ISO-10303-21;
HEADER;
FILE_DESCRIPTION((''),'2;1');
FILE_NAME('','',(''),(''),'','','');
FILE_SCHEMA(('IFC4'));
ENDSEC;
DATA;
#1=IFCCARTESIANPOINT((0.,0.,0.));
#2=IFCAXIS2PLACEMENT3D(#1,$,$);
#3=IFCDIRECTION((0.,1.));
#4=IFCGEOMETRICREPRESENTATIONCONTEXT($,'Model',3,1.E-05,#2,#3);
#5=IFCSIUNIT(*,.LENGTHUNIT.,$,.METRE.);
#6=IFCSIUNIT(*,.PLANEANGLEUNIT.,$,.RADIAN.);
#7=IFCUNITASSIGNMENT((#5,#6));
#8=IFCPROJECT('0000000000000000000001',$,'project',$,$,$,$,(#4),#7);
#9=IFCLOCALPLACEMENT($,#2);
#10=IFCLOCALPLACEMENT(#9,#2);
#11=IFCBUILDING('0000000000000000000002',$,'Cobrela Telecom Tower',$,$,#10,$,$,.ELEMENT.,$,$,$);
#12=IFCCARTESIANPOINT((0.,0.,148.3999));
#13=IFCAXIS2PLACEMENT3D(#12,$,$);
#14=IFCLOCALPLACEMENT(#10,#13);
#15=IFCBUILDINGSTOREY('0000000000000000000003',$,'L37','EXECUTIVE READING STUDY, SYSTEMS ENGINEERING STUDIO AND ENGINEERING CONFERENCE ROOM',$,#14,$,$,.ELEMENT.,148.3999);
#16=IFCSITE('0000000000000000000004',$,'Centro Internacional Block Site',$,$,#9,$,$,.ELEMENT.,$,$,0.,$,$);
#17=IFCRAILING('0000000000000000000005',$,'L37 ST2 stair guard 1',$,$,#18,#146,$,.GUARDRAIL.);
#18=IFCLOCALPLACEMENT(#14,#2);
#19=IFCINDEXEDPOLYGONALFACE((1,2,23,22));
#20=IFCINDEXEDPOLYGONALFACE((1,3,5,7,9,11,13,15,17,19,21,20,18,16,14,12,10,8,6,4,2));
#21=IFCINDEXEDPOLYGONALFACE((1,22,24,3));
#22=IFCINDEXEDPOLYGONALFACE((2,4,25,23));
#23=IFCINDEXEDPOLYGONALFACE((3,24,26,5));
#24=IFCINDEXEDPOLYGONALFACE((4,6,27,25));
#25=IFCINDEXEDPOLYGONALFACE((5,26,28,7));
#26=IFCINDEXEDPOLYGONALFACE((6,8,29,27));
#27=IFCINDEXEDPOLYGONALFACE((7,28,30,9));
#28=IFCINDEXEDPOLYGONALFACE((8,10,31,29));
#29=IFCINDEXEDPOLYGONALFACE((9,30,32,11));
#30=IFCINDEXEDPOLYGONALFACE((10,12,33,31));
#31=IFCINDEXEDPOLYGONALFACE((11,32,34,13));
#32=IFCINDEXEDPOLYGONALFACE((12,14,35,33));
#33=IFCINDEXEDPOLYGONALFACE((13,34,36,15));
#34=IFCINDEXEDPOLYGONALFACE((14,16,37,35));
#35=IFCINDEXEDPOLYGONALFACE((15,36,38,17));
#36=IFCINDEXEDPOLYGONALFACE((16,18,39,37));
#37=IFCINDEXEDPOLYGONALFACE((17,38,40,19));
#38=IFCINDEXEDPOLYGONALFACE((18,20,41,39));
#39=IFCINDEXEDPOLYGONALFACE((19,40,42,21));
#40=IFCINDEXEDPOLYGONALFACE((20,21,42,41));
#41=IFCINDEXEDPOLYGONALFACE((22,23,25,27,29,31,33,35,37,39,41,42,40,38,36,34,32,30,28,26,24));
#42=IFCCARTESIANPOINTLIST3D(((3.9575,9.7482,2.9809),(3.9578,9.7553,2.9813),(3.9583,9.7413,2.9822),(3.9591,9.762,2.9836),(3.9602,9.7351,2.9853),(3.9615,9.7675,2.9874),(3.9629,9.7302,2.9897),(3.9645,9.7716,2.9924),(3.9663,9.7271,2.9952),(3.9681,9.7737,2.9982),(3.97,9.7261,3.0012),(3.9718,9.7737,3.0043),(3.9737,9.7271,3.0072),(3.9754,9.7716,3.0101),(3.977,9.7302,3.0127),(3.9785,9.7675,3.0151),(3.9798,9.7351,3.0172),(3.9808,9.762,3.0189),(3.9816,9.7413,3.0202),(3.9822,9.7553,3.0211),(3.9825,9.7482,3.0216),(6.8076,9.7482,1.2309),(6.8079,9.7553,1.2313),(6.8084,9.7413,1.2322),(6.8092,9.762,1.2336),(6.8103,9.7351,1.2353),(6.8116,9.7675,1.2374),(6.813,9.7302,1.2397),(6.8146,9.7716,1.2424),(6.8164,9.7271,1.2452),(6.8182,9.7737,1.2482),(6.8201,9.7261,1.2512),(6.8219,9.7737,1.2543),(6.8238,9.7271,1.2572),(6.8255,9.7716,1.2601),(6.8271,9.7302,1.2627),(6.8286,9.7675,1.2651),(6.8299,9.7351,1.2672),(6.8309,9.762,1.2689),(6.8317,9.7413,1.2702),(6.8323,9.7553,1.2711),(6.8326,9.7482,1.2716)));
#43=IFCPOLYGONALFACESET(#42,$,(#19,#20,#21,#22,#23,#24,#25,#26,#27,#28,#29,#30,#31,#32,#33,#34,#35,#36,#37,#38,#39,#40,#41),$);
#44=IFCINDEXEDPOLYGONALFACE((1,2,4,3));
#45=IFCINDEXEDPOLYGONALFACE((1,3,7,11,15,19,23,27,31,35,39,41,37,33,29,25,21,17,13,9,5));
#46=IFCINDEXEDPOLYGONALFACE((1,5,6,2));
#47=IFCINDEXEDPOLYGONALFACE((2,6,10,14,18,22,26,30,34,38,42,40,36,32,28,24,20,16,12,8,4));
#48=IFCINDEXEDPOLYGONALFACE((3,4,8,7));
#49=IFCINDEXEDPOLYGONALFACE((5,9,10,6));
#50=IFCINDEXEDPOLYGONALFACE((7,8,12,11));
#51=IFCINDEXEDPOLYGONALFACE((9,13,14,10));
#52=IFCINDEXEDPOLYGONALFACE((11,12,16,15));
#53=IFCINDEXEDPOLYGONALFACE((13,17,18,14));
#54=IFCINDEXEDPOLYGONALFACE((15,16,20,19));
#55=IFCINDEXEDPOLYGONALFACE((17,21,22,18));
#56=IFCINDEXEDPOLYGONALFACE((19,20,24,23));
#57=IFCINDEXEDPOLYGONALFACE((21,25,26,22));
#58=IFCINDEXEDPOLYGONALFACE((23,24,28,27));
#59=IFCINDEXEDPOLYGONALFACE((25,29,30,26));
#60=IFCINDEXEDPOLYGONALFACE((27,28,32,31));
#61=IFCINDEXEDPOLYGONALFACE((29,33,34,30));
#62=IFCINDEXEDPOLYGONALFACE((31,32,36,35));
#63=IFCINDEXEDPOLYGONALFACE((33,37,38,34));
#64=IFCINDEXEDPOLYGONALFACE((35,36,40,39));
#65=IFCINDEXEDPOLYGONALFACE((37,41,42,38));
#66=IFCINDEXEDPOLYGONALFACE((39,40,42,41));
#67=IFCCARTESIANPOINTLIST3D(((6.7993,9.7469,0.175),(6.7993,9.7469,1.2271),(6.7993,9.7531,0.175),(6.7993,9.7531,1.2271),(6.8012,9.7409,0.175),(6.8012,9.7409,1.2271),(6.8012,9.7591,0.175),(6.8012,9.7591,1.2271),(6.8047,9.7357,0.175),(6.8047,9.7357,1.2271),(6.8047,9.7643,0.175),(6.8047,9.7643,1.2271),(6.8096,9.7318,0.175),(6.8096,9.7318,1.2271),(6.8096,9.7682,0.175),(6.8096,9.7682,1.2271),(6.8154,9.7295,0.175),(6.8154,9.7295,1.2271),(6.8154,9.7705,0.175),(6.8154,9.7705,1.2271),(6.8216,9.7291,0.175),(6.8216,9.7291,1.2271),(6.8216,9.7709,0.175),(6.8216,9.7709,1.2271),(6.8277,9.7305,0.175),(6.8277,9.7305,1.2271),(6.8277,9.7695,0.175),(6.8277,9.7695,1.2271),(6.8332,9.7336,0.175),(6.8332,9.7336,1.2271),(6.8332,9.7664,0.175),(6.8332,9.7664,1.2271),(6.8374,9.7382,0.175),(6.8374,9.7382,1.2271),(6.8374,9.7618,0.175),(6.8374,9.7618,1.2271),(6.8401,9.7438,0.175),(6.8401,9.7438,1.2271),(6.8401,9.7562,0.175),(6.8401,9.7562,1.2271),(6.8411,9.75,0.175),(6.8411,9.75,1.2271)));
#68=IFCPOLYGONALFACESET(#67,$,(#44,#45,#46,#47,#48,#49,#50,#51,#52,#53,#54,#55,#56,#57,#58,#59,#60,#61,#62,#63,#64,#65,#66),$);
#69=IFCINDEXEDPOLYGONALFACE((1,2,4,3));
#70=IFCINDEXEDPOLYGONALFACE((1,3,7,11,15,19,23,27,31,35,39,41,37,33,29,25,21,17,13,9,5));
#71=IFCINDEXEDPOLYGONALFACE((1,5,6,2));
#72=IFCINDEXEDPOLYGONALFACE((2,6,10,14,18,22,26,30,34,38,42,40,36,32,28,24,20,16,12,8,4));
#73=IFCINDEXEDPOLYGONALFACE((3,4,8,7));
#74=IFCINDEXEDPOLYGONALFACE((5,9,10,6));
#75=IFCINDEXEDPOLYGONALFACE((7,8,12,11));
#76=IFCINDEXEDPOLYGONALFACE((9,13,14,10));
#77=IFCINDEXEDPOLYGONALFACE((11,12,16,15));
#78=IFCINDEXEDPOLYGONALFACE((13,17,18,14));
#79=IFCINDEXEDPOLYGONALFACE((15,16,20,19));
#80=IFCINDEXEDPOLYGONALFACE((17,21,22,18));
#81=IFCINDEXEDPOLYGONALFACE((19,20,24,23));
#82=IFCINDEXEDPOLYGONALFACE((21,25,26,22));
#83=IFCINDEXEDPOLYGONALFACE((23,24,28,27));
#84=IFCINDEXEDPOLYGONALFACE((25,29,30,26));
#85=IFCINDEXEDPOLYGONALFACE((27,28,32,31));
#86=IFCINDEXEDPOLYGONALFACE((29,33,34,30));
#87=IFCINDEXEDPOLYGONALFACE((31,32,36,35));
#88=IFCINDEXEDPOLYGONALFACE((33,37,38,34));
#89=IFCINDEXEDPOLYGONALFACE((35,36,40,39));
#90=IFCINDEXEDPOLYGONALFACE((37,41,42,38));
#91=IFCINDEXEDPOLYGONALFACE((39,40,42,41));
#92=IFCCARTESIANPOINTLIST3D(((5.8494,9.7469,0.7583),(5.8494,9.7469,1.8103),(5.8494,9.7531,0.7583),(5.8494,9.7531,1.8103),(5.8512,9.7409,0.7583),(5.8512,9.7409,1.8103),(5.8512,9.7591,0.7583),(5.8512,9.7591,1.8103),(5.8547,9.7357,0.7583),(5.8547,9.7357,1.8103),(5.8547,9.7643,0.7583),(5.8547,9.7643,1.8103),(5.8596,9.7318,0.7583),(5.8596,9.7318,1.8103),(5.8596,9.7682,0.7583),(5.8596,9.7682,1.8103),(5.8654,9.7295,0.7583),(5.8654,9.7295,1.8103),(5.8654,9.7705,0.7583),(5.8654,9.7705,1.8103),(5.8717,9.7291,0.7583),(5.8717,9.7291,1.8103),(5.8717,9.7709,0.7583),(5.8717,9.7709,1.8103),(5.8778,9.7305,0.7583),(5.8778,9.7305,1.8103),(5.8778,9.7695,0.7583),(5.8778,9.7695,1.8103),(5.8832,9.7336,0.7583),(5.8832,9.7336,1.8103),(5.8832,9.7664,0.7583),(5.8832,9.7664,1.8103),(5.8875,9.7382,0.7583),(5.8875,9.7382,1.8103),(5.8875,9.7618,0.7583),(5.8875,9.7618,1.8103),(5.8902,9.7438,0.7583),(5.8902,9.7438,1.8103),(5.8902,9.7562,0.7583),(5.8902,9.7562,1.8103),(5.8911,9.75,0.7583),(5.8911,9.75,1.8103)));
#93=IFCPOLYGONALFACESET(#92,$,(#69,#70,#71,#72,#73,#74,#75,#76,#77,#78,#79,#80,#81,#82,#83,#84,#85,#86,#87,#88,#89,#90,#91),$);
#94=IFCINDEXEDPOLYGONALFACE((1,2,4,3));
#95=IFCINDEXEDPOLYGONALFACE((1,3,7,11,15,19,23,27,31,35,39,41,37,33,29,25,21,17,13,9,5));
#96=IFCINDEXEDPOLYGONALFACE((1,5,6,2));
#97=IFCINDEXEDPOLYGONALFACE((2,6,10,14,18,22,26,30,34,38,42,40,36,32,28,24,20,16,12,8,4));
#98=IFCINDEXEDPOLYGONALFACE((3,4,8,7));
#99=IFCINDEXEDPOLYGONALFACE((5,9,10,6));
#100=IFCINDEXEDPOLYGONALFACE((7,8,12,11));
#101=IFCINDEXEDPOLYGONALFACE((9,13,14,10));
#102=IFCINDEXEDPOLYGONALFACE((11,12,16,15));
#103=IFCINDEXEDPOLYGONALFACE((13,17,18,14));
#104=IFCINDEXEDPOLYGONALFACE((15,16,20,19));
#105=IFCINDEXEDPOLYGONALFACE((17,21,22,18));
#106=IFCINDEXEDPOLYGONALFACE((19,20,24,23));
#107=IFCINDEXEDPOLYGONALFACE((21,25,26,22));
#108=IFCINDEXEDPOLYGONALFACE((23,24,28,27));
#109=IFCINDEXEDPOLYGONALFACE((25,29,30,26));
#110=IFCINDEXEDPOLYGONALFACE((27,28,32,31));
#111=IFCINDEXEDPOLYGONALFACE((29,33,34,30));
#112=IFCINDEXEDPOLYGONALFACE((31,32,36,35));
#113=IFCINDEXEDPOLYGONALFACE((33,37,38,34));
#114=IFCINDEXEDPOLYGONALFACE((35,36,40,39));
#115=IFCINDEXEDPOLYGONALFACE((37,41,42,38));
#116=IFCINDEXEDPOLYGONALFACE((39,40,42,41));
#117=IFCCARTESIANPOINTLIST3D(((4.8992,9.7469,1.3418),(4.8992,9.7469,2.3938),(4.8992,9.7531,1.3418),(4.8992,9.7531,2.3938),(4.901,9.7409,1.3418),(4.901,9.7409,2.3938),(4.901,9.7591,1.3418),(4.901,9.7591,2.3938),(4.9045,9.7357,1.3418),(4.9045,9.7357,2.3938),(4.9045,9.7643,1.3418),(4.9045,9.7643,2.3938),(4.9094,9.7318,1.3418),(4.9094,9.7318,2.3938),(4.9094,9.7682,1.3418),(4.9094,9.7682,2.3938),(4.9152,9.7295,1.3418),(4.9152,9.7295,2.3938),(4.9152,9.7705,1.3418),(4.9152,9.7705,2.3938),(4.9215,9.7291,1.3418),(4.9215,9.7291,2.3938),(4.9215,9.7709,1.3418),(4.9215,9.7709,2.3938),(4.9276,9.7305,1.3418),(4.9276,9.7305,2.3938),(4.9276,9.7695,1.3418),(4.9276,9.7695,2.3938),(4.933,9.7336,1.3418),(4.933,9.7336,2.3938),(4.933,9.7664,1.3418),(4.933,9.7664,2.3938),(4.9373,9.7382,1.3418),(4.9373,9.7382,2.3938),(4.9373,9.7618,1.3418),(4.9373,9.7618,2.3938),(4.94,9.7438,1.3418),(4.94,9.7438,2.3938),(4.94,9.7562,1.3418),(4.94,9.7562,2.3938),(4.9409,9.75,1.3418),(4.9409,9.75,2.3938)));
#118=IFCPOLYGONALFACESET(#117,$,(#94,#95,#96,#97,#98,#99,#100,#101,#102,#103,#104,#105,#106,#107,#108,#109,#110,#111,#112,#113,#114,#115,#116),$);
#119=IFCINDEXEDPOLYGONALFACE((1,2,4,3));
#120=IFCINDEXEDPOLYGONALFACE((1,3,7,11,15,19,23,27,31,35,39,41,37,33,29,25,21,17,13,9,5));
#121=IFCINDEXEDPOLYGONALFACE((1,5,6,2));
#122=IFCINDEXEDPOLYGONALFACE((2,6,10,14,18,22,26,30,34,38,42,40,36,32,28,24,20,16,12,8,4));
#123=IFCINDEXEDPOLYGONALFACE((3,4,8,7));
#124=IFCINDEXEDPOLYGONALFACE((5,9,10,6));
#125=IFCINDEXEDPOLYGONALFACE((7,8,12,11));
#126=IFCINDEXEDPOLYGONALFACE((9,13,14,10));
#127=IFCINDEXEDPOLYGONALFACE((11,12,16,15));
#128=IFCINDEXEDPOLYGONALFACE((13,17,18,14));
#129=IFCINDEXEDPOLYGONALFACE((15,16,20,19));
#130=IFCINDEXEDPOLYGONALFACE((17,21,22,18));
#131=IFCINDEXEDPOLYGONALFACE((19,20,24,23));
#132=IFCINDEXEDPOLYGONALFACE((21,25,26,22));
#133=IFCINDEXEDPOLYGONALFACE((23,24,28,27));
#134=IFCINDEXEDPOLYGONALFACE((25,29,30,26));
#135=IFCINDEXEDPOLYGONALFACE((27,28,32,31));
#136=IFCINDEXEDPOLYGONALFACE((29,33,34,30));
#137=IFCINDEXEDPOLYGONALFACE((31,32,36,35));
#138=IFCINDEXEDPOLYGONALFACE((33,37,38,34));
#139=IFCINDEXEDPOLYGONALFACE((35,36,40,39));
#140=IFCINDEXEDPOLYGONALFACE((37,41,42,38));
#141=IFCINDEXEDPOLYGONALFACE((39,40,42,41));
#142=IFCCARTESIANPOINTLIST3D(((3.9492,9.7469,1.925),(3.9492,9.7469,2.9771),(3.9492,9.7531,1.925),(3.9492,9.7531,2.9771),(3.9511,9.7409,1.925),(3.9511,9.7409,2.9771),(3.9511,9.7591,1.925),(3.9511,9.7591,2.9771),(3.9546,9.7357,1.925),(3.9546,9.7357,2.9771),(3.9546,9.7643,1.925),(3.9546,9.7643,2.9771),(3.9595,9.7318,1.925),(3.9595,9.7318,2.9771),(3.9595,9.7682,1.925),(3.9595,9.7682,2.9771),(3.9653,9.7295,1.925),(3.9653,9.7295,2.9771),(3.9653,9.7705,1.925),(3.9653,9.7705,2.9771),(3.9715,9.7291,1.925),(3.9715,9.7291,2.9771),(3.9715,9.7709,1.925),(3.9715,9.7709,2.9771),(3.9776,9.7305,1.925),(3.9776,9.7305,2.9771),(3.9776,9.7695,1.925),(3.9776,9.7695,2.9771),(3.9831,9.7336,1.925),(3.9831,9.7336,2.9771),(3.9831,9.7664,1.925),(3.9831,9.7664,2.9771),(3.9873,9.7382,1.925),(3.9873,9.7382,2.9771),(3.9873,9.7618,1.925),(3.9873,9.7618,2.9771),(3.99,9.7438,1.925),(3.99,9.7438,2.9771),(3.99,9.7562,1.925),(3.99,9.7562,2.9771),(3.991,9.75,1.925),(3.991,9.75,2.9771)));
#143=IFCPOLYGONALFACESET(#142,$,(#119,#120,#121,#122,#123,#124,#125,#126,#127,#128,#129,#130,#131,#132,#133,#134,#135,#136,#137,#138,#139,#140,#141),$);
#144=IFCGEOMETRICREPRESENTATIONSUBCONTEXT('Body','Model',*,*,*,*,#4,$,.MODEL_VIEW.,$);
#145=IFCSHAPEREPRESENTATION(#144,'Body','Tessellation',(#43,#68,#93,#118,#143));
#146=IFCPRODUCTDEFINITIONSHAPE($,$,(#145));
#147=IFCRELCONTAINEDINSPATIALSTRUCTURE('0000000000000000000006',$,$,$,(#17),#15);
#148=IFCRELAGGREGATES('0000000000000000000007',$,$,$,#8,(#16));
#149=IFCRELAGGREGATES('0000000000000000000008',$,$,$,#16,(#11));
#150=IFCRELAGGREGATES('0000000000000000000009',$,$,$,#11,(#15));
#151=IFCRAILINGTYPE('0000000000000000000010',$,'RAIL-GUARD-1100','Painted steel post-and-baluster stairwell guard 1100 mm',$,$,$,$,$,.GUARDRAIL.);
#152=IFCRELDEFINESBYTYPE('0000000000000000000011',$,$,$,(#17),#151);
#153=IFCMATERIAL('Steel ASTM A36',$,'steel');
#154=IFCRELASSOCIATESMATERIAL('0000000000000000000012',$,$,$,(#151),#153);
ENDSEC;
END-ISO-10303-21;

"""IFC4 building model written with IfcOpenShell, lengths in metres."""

from ifc_helpers import new_model, si_unit, direction, frame, origin, origin_2d, place, context, subcontext, project, spatial, circle, extrude, material, type_object, element, save


model = new_model("IFC4")

# Units and contexts
model_context = context("Model", 3, precision=1e-05, world=origin(), true_north=direction((0.0, 1.0)))
body_context = subcontext(model_context, "Body", "Model", "MODEL_VIEW")
ifc_project = project(units=[si_unit("LENGTHUNIT", "METRE"), si_unit("PLANEANGLEUNIT", "RADIAN")], contexts=[model_context])

# Site, building, storey
site_placement = place(None, origin())
site = spatial("IfcSite", under=ifc_project, at=site_placement, Name="Centro Internacional Block Site", CompositionType="ELEMENT", RefElevation=0.0)
building_placement = place(site_placement, origin())
building = spatial("IfcBuilding", under=site, at=building_placement, Name="Cobrela Telecom Tower", CompositionType="ELEMENT")
storey_placement = place(building_placement, frame((0.0, 0.0, 148.3999)))
storey = spatial("IfcBuildingStorey", under=building, at=storey_placement, Name="L37", Description="EXECUTIVE READING STUDY, SYSTEMS ENGINEERING STUDIO AND ENGINEERING CONFERENCE ROOM", CompositionType="ELEMENT", Elevation=148.3999)

# Shared definitions
ifc_material_1 = material(Name="Steel ASTM A36", Category="steel")

# Railing
railing_type_1 = type_object("IfcRailingType", Name="RAIL-GUARD-1100", Description="Painted steel post-and-baluster stairwell guard 1100 mm", PredefinedType="GUARDRAIL", material=ifc_material_1)
railing_1_placement = place(storey_placement, frame((6.8201, 9.75, 0.175)))
element("IfcRailing", 1, at=railing_1_placement, inside=storey, type_object=railing_type_1, Name="L37 ST2 stair guard 1", PredefinedType="GUARDRAIL", context=body_context, shape_type="SweptSolid", body=[
    extrude(circle(Radius=0.0239, at=origin_2d()), frame((0.0, 0.0, 1.0762), z_axis=(-0.852179, 0.0, 0.52325), x_axis=(0.0, -1.0, 0.0)), (0.0, 0.0, 1.0), 3.3445),
    extrude(circle(Radius=0.021, at=origin_2d()), origin(), (0.0, 0.0, 1.0), 1.052),
    extrude(circle(Radius=0.021, at=origin_2d()), frame((-0.95, 0.0, 0.5833)), (0.0, 0.0, 1.0), 1.052),
    extrude(circle(Radius=0.021, at=origin_2d()), frame((-1.9001, 0.0, 1.1667)), (0.0, 0.0, 1.0), 1.052),
    extrude(circle(Radius=0.021, at=origin_2d()), frame((-2.8501, 0.0, 1.75)), (0.0, 0.0, 1.0), 1.052),
])

save(model, "model.ifc")
